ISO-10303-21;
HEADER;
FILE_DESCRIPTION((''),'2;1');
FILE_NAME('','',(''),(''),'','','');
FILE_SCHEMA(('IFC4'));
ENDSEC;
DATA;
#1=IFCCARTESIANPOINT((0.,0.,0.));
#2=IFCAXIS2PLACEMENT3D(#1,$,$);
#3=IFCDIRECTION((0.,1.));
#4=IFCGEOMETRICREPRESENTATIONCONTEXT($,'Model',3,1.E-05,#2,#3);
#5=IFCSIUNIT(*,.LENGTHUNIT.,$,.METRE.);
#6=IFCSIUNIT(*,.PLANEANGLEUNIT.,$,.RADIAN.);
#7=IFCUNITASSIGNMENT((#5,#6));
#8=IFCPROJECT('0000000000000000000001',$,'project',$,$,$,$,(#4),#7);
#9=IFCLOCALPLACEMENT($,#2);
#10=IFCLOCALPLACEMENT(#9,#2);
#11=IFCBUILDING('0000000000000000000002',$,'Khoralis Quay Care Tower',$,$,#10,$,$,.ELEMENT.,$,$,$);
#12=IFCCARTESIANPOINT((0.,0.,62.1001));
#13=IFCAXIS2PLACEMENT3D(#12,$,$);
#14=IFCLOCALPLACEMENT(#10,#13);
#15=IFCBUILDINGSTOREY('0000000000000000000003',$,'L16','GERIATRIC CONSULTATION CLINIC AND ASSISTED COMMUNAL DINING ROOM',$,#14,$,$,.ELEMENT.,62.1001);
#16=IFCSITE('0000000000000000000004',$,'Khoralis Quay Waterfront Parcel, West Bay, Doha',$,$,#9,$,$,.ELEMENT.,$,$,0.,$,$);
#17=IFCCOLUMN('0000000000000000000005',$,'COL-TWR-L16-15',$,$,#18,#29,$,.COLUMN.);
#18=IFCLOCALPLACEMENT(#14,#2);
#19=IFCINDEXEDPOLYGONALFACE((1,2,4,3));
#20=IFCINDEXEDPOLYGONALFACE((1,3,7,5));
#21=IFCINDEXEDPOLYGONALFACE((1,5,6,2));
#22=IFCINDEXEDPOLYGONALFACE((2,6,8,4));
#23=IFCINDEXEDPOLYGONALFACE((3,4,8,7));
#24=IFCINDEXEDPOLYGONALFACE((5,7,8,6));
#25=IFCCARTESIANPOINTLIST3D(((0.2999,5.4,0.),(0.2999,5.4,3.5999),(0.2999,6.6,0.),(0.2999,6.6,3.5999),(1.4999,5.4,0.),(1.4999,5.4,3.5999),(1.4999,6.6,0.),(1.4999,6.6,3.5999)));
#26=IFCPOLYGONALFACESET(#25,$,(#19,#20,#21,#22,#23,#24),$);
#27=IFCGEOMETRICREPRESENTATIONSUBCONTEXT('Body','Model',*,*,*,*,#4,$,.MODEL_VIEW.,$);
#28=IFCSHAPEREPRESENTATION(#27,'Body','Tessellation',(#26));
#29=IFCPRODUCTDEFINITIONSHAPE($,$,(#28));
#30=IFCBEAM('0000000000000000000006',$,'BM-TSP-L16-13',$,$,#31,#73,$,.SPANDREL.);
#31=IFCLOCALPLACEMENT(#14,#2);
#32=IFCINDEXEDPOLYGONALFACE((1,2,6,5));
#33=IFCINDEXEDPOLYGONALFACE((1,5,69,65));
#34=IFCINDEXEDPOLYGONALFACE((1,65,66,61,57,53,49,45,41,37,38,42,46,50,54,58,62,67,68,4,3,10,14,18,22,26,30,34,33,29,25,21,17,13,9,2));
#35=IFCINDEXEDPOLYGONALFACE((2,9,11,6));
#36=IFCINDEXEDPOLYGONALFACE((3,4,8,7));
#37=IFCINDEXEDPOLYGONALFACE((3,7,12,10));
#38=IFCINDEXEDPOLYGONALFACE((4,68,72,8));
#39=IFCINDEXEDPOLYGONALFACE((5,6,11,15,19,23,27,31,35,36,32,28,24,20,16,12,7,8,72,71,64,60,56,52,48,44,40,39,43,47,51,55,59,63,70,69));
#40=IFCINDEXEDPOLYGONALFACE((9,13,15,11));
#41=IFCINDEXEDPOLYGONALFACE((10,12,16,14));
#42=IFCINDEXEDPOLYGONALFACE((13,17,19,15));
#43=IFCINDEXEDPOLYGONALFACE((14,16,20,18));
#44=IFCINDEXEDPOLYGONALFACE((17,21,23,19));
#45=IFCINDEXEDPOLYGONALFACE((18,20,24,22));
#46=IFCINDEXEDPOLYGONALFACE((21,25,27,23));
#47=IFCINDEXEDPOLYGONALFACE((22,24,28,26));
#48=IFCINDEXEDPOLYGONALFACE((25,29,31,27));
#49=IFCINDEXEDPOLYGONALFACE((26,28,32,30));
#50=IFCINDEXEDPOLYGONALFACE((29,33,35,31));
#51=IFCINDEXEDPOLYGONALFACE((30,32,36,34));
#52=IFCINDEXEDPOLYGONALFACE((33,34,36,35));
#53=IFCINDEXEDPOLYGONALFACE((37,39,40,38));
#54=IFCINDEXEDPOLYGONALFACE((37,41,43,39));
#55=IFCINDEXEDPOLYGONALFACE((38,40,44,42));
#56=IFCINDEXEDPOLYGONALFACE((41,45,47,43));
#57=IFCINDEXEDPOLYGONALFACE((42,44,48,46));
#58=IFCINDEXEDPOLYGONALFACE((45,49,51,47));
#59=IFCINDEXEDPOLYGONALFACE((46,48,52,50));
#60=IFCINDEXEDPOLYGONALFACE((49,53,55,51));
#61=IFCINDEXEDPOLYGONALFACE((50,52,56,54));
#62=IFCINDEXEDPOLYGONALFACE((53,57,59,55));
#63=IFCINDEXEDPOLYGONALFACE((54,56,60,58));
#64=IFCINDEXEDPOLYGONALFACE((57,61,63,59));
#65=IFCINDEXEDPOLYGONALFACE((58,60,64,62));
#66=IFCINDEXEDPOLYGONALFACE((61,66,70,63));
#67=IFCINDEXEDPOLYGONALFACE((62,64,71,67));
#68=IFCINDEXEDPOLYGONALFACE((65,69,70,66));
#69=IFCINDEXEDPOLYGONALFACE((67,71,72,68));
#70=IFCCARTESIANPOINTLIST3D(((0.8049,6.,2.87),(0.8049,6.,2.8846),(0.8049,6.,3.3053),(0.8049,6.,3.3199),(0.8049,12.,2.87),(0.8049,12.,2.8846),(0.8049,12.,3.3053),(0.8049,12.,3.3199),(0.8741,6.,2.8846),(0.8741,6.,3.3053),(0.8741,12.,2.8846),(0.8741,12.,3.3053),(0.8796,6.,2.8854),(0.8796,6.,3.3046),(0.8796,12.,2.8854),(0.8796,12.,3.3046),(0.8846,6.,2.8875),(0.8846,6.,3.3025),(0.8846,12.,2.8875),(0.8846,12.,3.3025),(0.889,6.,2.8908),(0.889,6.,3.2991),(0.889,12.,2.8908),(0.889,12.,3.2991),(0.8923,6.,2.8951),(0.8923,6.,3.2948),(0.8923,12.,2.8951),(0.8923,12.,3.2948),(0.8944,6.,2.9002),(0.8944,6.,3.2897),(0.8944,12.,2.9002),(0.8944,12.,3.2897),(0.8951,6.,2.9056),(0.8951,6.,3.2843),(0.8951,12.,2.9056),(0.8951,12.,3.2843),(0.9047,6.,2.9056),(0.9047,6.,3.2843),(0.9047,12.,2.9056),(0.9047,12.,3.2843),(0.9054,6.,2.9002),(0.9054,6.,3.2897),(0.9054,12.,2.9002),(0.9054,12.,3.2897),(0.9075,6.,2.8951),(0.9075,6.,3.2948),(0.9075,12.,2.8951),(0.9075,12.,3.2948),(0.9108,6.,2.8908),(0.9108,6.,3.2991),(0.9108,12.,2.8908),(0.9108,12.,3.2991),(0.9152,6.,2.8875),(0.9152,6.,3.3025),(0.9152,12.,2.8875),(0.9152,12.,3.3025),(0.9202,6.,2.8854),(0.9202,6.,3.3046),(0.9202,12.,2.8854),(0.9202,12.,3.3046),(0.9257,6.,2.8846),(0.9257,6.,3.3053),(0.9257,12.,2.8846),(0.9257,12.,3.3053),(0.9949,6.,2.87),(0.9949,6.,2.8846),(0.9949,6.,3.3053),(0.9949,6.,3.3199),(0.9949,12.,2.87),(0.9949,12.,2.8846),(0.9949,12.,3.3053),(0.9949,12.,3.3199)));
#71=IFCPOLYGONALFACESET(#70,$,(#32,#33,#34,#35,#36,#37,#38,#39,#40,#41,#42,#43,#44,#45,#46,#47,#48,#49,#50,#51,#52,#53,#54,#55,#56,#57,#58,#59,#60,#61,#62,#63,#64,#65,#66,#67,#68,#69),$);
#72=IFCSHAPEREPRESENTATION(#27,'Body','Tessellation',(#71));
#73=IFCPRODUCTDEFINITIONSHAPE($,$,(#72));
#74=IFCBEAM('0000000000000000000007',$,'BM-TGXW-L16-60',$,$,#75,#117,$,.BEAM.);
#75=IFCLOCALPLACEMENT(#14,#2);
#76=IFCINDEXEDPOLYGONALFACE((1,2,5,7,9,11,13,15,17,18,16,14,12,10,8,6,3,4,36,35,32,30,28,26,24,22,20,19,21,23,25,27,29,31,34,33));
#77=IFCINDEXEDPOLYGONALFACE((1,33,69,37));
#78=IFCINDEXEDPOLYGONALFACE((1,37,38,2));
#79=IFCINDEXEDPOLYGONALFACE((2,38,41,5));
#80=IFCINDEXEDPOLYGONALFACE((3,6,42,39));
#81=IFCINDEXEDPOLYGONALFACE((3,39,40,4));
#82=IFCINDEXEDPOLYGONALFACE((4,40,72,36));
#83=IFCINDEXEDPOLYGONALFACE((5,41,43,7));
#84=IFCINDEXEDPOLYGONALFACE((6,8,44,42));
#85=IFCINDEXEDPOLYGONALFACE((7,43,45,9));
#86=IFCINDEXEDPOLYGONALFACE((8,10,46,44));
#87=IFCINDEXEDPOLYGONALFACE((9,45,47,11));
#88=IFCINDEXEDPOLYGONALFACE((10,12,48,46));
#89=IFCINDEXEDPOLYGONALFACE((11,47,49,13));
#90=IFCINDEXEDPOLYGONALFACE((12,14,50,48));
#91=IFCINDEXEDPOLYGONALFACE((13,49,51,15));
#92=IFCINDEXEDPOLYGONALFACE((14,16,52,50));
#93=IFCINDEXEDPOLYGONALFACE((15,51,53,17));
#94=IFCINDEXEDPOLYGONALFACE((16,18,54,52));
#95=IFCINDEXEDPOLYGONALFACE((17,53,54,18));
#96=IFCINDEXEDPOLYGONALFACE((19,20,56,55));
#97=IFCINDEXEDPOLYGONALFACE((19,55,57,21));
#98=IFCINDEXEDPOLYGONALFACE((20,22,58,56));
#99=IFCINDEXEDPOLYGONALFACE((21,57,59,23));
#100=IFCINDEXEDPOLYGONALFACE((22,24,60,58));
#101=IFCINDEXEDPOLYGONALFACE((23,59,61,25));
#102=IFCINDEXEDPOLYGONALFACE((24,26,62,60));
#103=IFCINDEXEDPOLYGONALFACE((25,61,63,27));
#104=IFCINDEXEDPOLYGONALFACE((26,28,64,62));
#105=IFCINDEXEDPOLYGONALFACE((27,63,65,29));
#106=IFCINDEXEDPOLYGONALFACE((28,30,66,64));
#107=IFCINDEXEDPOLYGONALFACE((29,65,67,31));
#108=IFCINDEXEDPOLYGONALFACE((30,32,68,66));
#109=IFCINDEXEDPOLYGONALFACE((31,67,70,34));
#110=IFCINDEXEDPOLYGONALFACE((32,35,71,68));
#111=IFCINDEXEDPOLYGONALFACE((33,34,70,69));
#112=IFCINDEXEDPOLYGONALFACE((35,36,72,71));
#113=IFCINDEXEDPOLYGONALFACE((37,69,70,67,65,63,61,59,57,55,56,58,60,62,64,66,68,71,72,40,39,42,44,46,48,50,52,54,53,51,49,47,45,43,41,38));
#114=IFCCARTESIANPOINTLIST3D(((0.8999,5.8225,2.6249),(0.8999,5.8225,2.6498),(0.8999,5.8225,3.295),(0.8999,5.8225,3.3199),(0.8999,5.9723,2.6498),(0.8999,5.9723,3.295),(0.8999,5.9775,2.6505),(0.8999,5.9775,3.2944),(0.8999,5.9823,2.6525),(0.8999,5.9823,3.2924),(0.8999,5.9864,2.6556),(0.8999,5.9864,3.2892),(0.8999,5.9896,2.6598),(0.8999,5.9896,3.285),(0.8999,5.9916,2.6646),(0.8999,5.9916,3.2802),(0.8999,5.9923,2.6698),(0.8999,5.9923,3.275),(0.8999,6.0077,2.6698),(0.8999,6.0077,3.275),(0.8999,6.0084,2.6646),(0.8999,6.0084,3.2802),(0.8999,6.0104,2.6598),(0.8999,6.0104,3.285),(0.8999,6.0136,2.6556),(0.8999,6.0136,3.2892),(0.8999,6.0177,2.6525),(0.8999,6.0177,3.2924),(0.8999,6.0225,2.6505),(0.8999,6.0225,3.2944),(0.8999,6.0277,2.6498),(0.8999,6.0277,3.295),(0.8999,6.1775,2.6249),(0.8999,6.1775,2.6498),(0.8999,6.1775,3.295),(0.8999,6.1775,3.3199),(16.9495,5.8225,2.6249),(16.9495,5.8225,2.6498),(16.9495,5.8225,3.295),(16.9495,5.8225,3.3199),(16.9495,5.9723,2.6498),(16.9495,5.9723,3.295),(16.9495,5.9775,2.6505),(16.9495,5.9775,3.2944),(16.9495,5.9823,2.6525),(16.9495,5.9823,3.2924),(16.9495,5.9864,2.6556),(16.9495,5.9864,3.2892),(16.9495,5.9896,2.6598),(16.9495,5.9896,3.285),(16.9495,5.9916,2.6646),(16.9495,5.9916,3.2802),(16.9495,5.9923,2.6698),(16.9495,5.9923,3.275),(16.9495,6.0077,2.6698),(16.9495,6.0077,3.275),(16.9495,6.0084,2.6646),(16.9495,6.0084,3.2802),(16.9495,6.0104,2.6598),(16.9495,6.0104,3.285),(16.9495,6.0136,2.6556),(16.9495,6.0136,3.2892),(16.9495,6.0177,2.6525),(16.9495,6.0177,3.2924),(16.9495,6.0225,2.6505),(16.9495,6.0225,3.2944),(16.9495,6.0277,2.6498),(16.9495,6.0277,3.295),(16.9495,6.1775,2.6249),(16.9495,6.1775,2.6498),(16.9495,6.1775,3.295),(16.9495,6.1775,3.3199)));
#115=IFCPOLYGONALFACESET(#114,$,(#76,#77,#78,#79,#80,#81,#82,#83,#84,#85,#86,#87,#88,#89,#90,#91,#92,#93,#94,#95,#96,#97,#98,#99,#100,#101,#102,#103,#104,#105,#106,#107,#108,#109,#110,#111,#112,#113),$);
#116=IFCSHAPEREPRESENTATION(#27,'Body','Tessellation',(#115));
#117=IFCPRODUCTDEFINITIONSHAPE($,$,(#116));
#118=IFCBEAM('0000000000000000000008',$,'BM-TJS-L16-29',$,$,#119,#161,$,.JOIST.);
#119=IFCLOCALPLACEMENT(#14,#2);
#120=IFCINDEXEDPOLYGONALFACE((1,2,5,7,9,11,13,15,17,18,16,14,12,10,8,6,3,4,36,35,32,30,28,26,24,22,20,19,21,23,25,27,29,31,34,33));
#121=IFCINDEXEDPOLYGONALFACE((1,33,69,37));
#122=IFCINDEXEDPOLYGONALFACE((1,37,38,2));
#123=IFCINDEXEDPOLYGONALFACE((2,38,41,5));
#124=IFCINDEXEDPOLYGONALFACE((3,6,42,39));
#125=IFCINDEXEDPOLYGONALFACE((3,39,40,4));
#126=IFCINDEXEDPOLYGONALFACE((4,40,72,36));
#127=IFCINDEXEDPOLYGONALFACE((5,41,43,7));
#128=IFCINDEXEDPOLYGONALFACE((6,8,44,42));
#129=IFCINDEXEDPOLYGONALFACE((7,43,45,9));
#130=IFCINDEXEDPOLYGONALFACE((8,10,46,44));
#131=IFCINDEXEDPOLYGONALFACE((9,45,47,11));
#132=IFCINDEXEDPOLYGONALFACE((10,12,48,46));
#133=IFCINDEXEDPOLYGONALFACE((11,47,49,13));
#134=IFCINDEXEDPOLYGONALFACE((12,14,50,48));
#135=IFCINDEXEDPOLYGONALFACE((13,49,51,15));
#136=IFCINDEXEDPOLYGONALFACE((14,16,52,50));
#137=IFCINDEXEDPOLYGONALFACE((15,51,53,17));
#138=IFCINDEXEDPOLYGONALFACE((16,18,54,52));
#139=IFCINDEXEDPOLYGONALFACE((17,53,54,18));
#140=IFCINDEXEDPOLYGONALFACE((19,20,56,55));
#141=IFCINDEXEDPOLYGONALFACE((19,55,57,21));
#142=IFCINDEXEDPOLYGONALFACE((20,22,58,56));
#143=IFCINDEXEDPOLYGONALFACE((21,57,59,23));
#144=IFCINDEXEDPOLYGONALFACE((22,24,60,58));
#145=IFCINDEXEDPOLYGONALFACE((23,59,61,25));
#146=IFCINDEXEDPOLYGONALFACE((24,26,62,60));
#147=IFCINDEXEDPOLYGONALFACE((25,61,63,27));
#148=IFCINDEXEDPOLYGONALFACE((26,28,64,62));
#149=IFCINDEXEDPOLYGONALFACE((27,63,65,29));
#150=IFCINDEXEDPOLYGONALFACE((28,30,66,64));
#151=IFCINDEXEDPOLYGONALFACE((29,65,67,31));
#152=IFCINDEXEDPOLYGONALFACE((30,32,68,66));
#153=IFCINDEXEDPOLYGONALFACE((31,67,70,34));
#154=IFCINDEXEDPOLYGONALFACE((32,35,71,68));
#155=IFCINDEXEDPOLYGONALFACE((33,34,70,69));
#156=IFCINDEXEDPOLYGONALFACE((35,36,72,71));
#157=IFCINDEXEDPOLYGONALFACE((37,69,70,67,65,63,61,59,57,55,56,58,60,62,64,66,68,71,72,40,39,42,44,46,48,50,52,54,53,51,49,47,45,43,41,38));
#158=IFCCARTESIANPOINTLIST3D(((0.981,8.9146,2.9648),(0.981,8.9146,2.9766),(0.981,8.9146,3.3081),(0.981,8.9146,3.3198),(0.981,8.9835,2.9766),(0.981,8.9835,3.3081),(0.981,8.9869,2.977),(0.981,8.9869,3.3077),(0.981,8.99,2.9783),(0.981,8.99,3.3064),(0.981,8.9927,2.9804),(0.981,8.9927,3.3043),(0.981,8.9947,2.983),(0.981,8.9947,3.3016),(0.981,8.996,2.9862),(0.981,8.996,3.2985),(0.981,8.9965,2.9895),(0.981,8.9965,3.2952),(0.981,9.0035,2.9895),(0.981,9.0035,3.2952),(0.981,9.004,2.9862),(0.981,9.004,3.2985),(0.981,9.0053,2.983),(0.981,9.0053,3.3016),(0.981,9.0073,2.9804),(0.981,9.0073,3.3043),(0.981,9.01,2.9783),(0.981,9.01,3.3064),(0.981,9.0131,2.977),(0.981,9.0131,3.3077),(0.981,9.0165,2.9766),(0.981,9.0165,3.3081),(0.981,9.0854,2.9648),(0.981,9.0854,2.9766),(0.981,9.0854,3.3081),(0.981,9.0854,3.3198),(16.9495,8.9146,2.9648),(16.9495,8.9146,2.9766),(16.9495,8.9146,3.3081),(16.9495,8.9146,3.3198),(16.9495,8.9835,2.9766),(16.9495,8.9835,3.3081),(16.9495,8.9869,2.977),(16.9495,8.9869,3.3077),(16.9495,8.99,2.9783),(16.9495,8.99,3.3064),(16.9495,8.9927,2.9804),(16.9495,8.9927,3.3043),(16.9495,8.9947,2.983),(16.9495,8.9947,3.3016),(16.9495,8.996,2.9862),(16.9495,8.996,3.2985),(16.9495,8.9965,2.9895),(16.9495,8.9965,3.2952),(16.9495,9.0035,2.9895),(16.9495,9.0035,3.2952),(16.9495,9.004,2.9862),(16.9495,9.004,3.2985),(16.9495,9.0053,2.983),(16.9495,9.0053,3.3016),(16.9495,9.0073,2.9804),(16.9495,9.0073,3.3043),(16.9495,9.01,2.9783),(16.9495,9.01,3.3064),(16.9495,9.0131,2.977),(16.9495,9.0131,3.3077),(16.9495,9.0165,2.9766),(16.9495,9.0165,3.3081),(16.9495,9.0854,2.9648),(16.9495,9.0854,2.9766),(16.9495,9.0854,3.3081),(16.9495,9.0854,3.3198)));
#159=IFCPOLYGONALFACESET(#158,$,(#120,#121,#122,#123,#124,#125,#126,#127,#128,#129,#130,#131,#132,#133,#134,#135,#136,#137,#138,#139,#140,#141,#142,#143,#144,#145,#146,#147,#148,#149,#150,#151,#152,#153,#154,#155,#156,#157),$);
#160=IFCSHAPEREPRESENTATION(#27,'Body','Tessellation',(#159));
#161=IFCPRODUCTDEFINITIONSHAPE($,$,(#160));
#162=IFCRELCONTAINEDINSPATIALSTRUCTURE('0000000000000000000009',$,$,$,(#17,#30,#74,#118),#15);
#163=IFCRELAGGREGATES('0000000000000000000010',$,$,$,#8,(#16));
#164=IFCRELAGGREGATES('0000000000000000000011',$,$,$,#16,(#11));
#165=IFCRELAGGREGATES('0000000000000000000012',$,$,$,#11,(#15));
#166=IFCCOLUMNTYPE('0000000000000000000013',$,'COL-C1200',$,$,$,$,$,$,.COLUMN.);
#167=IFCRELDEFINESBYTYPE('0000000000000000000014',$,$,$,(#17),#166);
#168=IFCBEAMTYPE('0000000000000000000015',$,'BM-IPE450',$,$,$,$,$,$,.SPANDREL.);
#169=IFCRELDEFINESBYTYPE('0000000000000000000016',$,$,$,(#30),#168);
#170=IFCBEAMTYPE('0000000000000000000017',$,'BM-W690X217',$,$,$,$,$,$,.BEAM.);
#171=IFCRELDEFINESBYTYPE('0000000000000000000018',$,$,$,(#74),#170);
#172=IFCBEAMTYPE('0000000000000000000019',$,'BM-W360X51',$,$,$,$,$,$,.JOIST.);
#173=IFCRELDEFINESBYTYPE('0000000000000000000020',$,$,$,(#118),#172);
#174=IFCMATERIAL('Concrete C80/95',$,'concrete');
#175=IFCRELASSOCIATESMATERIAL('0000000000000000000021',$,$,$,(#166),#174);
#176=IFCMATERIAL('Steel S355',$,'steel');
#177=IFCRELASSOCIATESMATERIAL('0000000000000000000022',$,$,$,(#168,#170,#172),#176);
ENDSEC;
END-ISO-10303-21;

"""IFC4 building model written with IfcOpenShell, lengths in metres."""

from ifc_helpers import new_model, si_unit, direction, frame, origin, origin_2d, place, context, subcontext, project, spatial, rectangle, i_section, extrude, source, transform, mapped, material, material_profile, profile_set, type_object, element, save


model = new_model("IFC4")

# Units and contexts
model_context = context("Model", 3, precision=1e-05, world=origin(), true_north=direction((0.0, 1.0)))
body_context = subcontext(model_context, "Body", "Model", "MODEL_VIEW")
ifc_project = project(units=[si_unit("LENGTHUNIT", "METRE"), si_unit("PLANEANGLEUNIT", "RADIAN")], contexts=[model_context])

# Site, building, storey
site_placement = place(None, origin())
site = spatial("IfcSite", under=ifc_project, at=site_placement, Name="Khoralis Quay Waterfront Parcel, West Bay, Doha", CompositionType="ELEMENT", RefElevation=0.0)
building_placement = place(site_placement, origin())
building = spatial("IfcBuilding", under=site, at=building_placement, Name="Khoralis Quay Care Tower", CompositionType="ELEMENT")
storey_placement = place(building_placement, frame((0.0, 0.0, 62.1001)))
storey = spatial("IfcBuildingStorey", under=building, at=storey_placement, Name="L16", Description="GERIATRIC CONSULTATION CLINIC AND ASSISTED COMMUNAL DINING ROOM", CompositionType="ELEMENT", Elevation=62.1001)

# Column
ifc_material_1 = material(Name="Concrete C80/95", Category="concrete")
ifc_material_profile_1 = material_profile(ifc_material_1, rectangle(XDim=1.2, YDim=1.2, at=origin_2d()), Name="Concrete C80/95")
ifc_profile_set_1 = profile_set([ifc_material_profile_1], Name="Concrete C80/95")
column_type = type_object("IfcColumnType", Name="COL-C1200", PredefinedType="COLUMN", material=ifc_profile_set_1)
shared_shape_1 = source(origin(), body_context, "Body", "SweptSolid", [
    extrude(rectangle(XDim=1.2, YDim=1.2, at=origin_2d()), origin(), (0.0, 0.0, 1.0), 3.5999),
])
column_placement = place(storey_placement, frame((0.8999, 6.0, 0.0), z_axis=(0.0, 0.0, 1.0), x_axis=(1.0, 0.0, 0.0)))
element("IfcColumn", 1, at=column_placement, inside=storey, type_object=column_type, Name="COL-TWR-L16-15", PredefinedType="COLUMN", context=body_context, shape_type="MappedRepresentation", body=[
    mapped(shared_shape_1, transform((0.0, 0.0, 0.0), scale=1.0)),
])

# Beams
ifc_material_2 = material(Name="Steel S355", Category="steel")
ifc_material_profile_2 = material_profile(ifc_material_2, i_section(OverallWidth=0.1899, OverallDepth=0.45, WebThickness=0.0095, FlangeThickness=0.0146, FilletRadius=0.021, at=origin_2d()), Name="Steel S355")
ifc_profile_set_2 = profile_set([ifc_material_profile_2], Name="Steel S355")
beam_type_1 = type_object("IfcBeamType", Name="BM-IPE450", PredefinedType="SPANDREL", material=ifc_profile_set_2)
shared_shape_2 = source(origin(), body_context, "Body", "SweptSolid", [
    extrude(i_section(OverallWidth=0.1899, OverallDepth=0.45, WebThickness=0.0095, FlangeThickness=0.0146, FilletRadius=0.021, at=origin_2d()), origin(), (0.0, 0.0, 1.0), 6.0),
])
beam_1_placement = place(storey_placement, frame((0.8999, 6.0, 3.095), z_axis=(0.0, 1.0, 0.0), x_axis=(-1.0, 0.0, 0.0)))
element("IfcBeam", 2, at=beam_1_placement, inside=storey, type_object=beam_type_1, Name="BM-TSP-L16-13", PredefinedType="SPANDREL", context=body_context, shape_type="MappedRepresentation", body=[
    mapped(shared_shape_2, transform((0.0, 0.0, 0.0), scale=1.0)),
])
ifc_material_profile_3 = material_profile(ifc_material_2, i_section(OverallWidth=0.355, OverallDepth=0.6951, WebThickness=0.0154, FlangeThickness=0.0249, FilletRadius=0.02, at=origin_2d()), Name="Steel S355")
ifc_profile_set_3 = profile_set([ifc_material_profile_3], Name="Steel S355")
beam_type_2 = type_object("IfcBeamType", Name="BM-W690X217", PredefinedType="BEAM", material=ifc_profile_set_3)
shared_shape_3 = source(origin(), body_context, "Body", "SweptSolid", [
    extrude(i_section(OverallWidth=0.355, OverallDepth=0.6951, WebThickness=0.0154, FlangeThickness=0.0249, FilletRadius=0.02, at=origin_2d()), origin(), (0.0, 0.0, 1.0), 16.0496),
])
beam_2_placement = place(storey_placement, frame((0.8999, 6.0, 2.9724), z_axis=(1.0, 0.0, 0.0), x_axis=(0.0, 1.0, 0.0)))
element("IfcBeam", 3, at=beam_2_placement, inside=storey, type_object=beam_type_2, Name="BM-TGXW-L16-60", PredefinedType="BEAM", context=body_context, shape_type="MappedRepresentation", body=[
    mapped(shared_shape_3, transform((0.0, 0.0, 0.0), scale=1.0)),
])
ifc_material_profile_4 = material_profile(ifc_material_2, i_section(OverallWidth=0.1709, OverallDepth=0.355, WebThickness=0.0071, FlangeThickness=0.0117, FilletRadius=0.0129, at=origin_2d()), Name="Steel S355")
ifc_profile_set_4 = profile_set([ifc_material_profile_4], Name="Steel S355")
beam_type_3 = type_object("IfcBeamType", Name="BM-W360X51", PredefinedType="JOIST", material=ifc_profile_set_4)
shared_shape_4 = source(origin(), body_context, "Body", "SweptSolid", [
    extrude(i_section(OverallWidth=0.1709, OverallDepth=0.355, WebThickness=0.0071, FlangeThickness=0.0117, FilletRadius=0.0129, at=origin_2d()), origin(), (0.0, 0.0, 1.0), 15.9685),
])
beam_3_placement = place(storey_placement, frame((0.981, 9.0, 3.1423), z_axis=(1.0, 0.0, 0.0), x_axis=(0.0, 1.0, 0.0)))
element("IfcBeam", 4, at=beam_3_placement, inside=storey, type_object=beam_type_3, Name="BM-TJS-L16-29", PredefinedType="JOIST", context=body_context, shape_type="MappedRepresentation", body=[
    mapped(shared_shape_4, transform((0.0, 0.0, 0.0), scale=1.0)),
])

save(model, "model.ifc")
